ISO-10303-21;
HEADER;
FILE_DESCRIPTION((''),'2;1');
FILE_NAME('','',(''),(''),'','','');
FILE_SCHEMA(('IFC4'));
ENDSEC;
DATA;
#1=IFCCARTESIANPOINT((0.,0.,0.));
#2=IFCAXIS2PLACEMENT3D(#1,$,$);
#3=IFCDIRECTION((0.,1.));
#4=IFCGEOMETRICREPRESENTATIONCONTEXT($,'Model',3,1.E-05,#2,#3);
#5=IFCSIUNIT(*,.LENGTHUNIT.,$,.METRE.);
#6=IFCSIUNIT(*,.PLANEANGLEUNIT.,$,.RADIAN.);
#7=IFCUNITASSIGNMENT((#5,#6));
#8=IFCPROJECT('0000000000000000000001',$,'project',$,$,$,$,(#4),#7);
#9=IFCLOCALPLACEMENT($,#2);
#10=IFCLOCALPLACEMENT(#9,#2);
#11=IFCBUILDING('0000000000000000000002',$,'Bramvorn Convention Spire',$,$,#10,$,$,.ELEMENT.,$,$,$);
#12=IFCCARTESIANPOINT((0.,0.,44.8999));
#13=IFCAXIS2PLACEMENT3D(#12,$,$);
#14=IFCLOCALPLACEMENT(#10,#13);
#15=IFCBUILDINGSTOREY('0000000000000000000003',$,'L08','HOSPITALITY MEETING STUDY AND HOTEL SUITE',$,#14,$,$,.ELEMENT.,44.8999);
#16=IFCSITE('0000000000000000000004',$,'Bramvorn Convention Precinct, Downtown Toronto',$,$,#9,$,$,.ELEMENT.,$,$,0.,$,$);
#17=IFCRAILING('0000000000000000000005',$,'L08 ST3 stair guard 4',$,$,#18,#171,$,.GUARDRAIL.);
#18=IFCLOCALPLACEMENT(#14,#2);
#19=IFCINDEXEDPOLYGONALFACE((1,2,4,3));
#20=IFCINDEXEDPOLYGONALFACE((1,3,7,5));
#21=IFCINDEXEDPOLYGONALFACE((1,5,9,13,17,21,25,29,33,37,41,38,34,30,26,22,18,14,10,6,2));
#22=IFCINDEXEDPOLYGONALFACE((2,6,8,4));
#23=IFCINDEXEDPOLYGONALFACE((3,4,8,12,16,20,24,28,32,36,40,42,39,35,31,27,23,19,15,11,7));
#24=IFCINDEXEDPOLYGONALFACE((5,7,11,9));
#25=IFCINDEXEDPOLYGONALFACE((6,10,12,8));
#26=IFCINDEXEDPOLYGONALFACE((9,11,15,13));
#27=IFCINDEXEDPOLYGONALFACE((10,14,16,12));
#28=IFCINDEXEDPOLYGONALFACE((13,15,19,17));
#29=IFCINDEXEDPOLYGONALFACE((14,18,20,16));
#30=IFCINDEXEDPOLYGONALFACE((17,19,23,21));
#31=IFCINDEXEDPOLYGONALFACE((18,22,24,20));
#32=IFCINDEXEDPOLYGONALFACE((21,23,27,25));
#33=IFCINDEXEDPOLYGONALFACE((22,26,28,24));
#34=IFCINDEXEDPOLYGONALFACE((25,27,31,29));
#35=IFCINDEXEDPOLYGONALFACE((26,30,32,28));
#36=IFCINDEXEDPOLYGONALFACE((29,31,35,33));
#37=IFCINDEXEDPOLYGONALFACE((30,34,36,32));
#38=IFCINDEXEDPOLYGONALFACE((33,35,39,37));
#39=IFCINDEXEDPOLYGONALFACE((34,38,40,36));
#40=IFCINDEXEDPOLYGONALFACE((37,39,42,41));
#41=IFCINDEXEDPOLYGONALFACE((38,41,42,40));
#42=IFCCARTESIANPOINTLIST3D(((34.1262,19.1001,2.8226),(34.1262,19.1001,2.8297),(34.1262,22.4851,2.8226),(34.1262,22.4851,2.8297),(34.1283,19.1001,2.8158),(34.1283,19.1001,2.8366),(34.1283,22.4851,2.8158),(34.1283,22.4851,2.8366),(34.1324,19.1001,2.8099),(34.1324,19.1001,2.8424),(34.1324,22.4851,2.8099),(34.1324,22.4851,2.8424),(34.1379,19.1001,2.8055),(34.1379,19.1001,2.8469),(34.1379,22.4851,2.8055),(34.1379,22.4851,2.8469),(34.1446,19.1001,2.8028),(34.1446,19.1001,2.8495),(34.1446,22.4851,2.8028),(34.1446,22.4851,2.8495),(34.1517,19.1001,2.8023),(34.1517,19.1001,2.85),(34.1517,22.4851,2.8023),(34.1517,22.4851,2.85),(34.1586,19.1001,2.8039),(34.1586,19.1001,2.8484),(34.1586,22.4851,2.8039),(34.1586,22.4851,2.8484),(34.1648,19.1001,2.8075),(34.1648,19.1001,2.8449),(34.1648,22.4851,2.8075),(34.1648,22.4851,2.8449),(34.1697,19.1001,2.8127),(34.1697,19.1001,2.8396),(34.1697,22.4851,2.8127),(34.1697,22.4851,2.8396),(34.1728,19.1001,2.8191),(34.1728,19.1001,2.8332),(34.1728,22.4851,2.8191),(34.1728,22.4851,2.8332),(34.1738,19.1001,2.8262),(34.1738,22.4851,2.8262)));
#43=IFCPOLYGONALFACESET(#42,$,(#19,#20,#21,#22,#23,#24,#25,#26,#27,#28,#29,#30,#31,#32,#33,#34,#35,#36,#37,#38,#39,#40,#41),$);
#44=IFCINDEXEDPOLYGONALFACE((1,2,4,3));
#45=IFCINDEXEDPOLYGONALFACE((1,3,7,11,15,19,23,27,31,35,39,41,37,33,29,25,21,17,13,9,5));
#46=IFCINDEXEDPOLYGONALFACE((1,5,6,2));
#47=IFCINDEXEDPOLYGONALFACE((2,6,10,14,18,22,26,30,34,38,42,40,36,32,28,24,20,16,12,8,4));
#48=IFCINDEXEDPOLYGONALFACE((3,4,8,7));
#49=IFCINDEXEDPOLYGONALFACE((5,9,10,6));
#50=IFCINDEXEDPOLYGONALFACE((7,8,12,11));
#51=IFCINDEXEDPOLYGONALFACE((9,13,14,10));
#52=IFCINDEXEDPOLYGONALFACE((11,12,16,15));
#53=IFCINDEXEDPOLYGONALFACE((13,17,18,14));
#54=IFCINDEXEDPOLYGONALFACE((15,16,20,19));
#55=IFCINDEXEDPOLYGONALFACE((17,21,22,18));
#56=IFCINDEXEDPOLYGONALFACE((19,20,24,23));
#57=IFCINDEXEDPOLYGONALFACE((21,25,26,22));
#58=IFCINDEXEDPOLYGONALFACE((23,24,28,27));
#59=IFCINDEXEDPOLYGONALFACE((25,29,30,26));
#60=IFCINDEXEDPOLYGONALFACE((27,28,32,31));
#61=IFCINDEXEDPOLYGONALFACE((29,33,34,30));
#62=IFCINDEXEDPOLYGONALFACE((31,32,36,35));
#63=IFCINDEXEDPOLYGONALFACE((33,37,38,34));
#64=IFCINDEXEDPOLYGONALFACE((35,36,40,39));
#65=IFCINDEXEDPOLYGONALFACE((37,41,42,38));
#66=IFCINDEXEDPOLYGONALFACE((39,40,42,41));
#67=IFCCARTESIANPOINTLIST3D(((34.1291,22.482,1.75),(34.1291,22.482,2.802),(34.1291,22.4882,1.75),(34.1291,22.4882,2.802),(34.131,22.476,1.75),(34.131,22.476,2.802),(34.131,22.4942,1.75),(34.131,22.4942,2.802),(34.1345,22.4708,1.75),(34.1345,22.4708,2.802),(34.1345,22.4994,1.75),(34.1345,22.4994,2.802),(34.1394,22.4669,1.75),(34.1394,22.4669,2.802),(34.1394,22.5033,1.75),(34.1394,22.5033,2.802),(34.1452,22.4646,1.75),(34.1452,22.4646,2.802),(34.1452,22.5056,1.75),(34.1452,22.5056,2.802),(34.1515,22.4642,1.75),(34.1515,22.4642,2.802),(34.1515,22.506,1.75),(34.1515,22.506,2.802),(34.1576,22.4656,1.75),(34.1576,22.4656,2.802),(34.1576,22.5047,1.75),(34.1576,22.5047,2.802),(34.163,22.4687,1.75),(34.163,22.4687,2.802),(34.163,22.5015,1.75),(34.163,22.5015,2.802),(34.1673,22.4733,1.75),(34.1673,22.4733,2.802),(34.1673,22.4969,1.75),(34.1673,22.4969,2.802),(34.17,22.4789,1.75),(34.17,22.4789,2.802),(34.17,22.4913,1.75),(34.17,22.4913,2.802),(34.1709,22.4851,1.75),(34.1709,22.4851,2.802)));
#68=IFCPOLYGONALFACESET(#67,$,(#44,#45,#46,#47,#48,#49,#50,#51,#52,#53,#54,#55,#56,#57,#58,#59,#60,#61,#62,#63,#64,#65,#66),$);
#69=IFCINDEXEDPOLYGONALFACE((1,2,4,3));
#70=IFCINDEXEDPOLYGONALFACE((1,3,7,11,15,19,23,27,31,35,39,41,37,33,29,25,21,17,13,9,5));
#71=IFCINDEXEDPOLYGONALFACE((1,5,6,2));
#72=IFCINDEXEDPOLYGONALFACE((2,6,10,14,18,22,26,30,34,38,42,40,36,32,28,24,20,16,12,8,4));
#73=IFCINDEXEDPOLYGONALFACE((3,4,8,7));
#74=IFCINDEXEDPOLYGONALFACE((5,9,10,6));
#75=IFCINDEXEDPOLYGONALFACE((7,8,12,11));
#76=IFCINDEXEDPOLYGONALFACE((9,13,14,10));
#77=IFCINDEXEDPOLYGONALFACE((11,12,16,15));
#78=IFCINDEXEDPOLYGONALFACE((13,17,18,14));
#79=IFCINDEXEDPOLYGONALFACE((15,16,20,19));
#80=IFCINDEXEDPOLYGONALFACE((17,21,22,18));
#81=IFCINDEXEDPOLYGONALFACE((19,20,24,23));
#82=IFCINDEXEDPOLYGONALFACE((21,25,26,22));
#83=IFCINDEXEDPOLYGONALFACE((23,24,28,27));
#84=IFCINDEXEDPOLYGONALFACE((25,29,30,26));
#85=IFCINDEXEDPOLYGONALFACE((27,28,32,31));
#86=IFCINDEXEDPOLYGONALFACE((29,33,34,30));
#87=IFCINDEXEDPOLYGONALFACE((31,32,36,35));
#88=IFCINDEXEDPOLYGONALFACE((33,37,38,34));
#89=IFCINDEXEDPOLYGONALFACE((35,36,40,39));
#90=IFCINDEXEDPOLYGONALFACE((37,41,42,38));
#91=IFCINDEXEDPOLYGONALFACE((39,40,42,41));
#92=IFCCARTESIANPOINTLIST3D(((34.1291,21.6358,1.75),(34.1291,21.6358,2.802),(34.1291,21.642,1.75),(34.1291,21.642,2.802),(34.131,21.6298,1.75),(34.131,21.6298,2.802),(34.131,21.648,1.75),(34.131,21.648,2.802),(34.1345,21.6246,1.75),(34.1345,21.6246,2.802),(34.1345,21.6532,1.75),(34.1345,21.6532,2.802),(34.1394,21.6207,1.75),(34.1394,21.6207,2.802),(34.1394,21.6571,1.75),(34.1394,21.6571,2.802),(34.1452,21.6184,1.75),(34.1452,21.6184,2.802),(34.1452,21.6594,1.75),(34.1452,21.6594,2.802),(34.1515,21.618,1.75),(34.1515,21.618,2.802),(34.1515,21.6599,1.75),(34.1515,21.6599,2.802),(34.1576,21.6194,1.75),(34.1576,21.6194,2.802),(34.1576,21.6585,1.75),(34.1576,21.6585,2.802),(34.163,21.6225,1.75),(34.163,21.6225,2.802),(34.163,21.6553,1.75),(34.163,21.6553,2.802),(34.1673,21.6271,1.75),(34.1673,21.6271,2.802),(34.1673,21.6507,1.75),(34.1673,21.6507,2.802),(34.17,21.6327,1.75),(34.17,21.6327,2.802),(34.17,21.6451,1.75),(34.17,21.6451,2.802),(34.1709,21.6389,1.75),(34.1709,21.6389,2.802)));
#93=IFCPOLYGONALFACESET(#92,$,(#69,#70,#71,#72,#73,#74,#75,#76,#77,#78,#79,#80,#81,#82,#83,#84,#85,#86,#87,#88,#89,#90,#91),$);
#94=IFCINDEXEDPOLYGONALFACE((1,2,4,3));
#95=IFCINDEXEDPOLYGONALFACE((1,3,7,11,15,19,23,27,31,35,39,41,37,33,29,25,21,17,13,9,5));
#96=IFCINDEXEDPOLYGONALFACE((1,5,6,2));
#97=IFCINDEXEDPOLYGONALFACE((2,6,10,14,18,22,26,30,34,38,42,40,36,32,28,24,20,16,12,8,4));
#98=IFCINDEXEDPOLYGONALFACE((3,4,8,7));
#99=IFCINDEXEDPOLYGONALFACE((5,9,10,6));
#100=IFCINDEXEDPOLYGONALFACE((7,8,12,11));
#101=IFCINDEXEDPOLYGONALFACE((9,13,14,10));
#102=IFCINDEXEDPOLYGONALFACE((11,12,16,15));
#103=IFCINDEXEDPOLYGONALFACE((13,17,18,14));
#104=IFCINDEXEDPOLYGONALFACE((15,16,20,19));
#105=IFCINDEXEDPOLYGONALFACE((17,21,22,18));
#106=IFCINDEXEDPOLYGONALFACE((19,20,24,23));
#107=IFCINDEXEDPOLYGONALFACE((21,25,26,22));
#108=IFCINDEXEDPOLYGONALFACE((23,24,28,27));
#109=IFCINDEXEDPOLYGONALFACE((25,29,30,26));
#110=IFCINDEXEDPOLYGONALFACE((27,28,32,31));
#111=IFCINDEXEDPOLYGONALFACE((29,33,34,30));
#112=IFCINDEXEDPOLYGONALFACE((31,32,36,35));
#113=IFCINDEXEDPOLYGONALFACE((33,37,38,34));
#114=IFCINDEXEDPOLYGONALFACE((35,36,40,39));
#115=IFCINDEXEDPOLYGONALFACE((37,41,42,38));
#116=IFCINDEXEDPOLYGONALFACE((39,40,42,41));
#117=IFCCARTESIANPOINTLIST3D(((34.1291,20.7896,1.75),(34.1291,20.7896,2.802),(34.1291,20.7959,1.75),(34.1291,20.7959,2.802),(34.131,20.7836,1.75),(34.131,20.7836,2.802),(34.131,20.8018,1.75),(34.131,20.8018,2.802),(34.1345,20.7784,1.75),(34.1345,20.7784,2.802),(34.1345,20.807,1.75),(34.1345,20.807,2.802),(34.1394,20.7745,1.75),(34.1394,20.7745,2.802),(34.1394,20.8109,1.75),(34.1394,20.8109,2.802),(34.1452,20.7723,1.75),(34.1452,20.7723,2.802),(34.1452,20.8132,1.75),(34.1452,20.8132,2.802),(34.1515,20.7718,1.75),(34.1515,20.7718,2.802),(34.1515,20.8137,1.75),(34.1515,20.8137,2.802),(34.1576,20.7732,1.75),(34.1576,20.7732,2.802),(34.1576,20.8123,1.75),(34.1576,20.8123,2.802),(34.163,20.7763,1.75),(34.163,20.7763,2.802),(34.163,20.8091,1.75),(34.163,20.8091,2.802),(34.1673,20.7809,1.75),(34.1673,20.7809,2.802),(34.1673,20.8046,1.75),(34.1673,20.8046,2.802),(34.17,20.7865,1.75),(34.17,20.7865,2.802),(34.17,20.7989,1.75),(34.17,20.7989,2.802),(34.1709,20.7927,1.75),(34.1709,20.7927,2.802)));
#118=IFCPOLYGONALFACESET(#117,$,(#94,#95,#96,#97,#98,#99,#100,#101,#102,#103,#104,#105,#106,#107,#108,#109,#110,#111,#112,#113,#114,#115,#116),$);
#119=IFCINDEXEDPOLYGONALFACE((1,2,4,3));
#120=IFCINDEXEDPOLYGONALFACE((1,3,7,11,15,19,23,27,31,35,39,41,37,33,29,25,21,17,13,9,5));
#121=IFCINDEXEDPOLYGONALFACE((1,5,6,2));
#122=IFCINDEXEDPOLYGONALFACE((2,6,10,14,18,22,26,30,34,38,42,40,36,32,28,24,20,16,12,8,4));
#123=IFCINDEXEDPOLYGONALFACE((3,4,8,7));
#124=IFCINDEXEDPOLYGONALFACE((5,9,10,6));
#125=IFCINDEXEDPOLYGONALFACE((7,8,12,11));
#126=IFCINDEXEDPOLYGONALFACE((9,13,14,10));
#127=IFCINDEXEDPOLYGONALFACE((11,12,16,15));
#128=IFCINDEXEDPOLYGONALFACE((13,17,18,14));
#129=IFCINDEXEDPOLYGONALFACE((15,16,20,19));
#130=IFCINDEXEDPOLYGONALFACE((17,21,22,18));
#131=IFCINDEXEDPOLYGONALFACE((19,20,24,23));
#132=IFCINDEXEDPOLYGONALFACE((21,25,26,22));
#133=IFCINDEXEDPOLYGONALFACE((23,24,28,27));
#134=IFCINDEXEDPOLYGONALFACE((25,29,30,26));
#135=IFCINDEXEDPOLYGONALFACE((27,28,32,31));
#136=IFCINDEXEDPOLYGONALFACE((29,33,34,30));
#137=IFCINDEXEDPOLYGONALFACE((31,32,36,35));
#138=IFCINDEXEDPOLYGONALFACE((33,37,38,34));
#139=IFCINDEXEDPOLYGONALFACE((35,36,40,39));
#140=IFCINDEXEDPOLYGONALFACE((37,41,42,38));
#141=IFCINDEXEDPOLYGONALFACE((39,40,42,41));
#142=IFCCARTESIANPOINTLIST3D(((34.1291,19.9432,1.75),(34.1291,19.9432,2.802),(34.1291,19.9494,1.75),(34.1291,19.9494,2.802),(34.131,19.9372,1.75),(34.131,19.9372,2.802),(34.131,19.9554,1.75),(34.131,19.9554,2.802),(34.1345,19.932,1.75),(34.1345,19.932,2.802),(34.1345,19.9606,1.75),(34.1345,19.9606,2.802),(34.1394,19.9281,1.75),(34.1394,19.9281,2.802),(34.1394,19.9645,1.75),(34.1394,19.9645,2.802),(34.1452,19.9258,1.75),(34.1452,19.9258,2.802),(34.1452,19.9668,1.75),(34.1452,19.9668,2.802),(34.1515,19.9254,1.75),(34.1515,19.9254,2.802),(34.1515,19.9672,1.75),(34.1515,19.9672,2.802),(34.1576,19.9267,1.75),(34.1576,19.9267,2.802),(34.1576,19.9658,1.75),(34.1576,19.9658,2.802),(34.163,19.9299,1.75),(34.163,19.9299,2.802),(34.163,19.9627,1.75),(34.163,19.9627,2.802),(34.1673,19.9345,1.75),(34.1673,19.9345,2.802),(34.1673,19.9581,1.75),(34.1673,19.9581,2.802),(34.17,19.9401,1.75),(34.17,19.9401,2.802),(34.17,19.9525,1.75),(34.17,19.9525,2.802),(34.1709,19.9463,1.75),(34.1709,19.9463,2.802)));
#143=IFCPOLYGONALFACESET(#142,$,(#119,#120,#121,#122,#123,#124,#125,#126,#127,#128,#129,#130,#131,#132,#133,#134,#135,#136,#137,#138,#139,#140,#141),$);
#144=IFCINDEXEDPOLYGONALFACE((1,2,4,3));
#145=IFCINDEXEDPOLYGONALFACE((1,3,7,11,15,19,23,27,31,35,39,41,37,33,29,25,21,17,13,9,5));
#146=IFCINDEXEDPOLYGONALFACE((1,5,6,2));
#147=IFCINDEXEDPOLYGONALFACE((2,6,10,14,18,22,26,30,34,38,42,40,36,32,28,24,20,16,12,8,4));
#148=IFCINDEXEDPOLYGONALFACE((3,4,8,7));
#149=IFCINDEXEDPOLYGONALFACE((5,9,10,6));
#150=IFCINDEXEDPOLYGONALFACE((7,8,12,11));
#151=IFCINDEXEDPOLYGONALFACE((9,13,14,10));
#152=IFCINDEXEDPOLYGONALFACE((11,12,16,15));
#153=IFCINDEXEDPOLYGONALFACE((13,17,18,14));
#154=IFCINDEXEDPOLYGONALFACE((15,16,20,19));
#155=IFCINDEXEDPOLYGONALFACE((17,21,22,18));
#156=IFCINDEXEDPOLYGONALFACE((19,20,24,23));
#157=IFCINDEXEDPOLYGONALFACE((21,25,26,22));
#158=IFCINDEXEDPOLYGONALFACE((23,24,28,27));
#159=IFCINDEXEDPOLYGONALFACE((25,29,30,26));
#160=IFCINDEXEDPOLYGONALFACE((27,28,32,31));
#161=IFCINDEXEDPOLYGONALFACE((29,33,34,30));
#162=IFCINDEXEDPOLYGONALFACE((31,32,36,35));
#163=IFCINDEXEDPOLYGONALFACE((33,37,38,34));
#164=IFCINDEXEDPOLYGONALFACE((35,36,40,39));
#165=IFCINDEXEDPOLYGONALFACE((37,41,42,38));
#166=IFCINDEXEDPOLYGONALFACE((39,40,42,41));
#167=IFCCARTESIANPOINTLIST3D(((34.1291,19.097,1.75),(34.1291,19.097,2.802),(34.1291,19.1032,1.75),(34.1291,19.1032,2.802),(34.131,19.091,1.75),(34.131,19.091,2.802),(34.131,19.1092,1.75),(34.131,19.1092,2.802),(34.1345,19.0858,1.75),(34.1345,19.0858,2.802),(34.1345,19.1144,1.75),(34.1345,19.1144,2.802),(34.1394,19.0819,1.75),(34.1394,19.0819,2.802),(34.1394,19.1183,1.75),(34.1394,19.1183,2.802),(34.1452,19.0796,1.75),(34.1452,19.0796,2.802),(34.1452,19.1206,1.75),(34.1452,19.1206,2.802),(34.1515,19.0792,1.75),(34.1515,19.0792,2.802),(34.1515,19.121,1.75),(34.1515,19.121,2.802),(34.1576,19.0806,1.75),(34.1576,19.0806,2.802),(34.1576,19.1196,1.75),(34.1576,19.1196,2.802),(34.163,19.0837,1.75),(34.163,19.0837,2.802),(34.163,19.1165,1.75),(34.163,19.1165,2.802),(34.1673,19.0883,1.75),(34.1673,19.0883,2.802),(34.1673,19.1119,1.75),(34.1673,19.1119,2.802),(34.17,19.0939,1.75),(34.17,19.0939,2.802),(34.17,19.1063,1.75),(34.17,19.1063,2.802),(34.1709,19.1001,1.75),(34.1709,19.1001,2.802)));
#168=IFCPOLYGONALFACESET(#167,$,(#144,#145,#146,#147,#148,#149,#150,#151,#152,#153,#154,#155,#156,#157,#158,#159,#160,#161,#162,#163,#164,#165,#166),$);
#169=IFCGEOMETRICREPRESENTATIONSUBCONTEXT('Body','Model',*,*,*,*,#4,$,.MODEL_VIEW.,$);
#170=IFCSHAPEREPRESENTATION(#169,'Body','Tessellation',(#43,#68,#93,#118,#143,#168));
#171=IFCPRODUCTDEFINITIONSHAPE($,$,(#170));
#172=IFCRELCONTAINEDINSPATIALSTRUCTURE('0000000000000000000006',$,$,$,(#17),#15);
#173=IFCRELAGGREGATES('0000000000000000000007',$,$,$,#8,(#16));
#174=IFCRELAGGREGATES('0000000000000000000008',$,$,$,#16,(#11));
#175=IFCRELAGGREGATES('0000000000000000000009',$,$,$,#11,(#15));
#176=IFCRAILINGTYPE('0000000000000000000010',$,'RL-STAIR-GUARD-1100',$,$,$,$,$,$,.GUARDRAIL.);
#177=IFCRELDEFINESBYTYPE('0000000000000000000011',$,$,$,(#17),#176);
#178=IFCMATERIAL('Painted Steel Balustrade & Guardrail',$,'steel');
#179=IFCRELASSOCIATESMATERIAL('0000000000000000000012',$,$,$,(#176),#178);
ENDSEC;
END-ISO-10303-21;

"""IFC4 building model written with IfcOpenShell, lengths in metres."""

from ifc_helpers import new_model, si_unit, direction, frame, origin, origin_2d, place, context, subcontext, project, spatial, circle, extrude, material, type_object, element, save


model = new_model("IFC4")

# Units and contexts
model_context = context("Model", 3, precision=1e-05, world=origin(), true_north=direction((0.0, 1.0)))
body_context = subcontext(model_context, "Body", "Model", "MODEL_VIEW")
ifc_project = project(units=[si_unit("LENGTHUNIT", "METRE"), si_unit("PLANEANGLEUNIT", "RADIAN")], contexts=[model_context])

# Site, building, storey
site_placement = place(None, origin())
site = spatial("IfcSite", under=ifc_project, at=site_placement, Name="Bramvorn Convention Precinct, Downtown Toronto", CompositionType="ELEMENT", RefElevation=0.0)
building_placement = place(site_placement, origin())
building = spatial("IfcBuilding", under=site, at=building_placement, Name="Bramvorn Convention Spire", CompositionType="ELEMENT")
storey_placement = place(building_placement, frame((0.0, 0.0, 44.8999)))
storey = spatial("IfcBuildingStorey", under=building, at=storey_placement, Name="L08", Description="HOSPITALITY MEETING STUDY AND HOTEL SUITE", CompositionType="ELEMENT", Elevation=44.8999)

# Railing
ifc_material_1 = material(Name="Painted Steel Balustrade & Guardrail", Category="steel")
railing_type_1 = type_object("IfcRailingType", Name="RL-STAIR-GUARD-1100", PredefinedType="GUARDRAIL", material=ifc_material_1)
railing_1_placement = place(storey_placement, frame((34.1499, 22.4851, 1.75)))
element("IfcRailing", 1, at=railing_1_placement, inside=storey, type_object=railing_type_1, Name="L08 ST3 stair guard 4", PredefinedType="GUARDRAIL", context=body_context, shape_type="SweptSolid", body=[
    extrude(circle(Radius=0.0239, at=origin_2d()), frame((0.0, 0.0, 1.0762), z_axis=(0.0, -1.0, 0.0), x_axis=(1.0, 0.0, 0.0)), (0.0, 0.0, 1.0), 3.385),
    extrude(circle(Radius=0.021, at=origin_2d()), origin(), (0.0, 0.0, 1.0), 1.052),
    extrude(circle(Radius=0.021, at=origin_2d()), frame((0.0, -0.8462, 0.0)), (0.0, 0.0, 1.0), 1.052),
    extrude(circle(Radius=0.021, at=origin_2d()), frame((0.0, -1.6924, 0.0)), (0.0, 0.0, 1.0), 1.052),
    extrude(circle(Radius=0.021, at=origin_2d()), frame((0.0, -2.5388, 0.0)), (0.0, 0.0, 1.0), 1.052),
    extrude(circle(Radius=0.021, at=origin_2d()), frame((0.0, -3.385, 0.0)), (0.0, 0.0, 1.0), 1.052),
])

save(model, "model.ifc")
